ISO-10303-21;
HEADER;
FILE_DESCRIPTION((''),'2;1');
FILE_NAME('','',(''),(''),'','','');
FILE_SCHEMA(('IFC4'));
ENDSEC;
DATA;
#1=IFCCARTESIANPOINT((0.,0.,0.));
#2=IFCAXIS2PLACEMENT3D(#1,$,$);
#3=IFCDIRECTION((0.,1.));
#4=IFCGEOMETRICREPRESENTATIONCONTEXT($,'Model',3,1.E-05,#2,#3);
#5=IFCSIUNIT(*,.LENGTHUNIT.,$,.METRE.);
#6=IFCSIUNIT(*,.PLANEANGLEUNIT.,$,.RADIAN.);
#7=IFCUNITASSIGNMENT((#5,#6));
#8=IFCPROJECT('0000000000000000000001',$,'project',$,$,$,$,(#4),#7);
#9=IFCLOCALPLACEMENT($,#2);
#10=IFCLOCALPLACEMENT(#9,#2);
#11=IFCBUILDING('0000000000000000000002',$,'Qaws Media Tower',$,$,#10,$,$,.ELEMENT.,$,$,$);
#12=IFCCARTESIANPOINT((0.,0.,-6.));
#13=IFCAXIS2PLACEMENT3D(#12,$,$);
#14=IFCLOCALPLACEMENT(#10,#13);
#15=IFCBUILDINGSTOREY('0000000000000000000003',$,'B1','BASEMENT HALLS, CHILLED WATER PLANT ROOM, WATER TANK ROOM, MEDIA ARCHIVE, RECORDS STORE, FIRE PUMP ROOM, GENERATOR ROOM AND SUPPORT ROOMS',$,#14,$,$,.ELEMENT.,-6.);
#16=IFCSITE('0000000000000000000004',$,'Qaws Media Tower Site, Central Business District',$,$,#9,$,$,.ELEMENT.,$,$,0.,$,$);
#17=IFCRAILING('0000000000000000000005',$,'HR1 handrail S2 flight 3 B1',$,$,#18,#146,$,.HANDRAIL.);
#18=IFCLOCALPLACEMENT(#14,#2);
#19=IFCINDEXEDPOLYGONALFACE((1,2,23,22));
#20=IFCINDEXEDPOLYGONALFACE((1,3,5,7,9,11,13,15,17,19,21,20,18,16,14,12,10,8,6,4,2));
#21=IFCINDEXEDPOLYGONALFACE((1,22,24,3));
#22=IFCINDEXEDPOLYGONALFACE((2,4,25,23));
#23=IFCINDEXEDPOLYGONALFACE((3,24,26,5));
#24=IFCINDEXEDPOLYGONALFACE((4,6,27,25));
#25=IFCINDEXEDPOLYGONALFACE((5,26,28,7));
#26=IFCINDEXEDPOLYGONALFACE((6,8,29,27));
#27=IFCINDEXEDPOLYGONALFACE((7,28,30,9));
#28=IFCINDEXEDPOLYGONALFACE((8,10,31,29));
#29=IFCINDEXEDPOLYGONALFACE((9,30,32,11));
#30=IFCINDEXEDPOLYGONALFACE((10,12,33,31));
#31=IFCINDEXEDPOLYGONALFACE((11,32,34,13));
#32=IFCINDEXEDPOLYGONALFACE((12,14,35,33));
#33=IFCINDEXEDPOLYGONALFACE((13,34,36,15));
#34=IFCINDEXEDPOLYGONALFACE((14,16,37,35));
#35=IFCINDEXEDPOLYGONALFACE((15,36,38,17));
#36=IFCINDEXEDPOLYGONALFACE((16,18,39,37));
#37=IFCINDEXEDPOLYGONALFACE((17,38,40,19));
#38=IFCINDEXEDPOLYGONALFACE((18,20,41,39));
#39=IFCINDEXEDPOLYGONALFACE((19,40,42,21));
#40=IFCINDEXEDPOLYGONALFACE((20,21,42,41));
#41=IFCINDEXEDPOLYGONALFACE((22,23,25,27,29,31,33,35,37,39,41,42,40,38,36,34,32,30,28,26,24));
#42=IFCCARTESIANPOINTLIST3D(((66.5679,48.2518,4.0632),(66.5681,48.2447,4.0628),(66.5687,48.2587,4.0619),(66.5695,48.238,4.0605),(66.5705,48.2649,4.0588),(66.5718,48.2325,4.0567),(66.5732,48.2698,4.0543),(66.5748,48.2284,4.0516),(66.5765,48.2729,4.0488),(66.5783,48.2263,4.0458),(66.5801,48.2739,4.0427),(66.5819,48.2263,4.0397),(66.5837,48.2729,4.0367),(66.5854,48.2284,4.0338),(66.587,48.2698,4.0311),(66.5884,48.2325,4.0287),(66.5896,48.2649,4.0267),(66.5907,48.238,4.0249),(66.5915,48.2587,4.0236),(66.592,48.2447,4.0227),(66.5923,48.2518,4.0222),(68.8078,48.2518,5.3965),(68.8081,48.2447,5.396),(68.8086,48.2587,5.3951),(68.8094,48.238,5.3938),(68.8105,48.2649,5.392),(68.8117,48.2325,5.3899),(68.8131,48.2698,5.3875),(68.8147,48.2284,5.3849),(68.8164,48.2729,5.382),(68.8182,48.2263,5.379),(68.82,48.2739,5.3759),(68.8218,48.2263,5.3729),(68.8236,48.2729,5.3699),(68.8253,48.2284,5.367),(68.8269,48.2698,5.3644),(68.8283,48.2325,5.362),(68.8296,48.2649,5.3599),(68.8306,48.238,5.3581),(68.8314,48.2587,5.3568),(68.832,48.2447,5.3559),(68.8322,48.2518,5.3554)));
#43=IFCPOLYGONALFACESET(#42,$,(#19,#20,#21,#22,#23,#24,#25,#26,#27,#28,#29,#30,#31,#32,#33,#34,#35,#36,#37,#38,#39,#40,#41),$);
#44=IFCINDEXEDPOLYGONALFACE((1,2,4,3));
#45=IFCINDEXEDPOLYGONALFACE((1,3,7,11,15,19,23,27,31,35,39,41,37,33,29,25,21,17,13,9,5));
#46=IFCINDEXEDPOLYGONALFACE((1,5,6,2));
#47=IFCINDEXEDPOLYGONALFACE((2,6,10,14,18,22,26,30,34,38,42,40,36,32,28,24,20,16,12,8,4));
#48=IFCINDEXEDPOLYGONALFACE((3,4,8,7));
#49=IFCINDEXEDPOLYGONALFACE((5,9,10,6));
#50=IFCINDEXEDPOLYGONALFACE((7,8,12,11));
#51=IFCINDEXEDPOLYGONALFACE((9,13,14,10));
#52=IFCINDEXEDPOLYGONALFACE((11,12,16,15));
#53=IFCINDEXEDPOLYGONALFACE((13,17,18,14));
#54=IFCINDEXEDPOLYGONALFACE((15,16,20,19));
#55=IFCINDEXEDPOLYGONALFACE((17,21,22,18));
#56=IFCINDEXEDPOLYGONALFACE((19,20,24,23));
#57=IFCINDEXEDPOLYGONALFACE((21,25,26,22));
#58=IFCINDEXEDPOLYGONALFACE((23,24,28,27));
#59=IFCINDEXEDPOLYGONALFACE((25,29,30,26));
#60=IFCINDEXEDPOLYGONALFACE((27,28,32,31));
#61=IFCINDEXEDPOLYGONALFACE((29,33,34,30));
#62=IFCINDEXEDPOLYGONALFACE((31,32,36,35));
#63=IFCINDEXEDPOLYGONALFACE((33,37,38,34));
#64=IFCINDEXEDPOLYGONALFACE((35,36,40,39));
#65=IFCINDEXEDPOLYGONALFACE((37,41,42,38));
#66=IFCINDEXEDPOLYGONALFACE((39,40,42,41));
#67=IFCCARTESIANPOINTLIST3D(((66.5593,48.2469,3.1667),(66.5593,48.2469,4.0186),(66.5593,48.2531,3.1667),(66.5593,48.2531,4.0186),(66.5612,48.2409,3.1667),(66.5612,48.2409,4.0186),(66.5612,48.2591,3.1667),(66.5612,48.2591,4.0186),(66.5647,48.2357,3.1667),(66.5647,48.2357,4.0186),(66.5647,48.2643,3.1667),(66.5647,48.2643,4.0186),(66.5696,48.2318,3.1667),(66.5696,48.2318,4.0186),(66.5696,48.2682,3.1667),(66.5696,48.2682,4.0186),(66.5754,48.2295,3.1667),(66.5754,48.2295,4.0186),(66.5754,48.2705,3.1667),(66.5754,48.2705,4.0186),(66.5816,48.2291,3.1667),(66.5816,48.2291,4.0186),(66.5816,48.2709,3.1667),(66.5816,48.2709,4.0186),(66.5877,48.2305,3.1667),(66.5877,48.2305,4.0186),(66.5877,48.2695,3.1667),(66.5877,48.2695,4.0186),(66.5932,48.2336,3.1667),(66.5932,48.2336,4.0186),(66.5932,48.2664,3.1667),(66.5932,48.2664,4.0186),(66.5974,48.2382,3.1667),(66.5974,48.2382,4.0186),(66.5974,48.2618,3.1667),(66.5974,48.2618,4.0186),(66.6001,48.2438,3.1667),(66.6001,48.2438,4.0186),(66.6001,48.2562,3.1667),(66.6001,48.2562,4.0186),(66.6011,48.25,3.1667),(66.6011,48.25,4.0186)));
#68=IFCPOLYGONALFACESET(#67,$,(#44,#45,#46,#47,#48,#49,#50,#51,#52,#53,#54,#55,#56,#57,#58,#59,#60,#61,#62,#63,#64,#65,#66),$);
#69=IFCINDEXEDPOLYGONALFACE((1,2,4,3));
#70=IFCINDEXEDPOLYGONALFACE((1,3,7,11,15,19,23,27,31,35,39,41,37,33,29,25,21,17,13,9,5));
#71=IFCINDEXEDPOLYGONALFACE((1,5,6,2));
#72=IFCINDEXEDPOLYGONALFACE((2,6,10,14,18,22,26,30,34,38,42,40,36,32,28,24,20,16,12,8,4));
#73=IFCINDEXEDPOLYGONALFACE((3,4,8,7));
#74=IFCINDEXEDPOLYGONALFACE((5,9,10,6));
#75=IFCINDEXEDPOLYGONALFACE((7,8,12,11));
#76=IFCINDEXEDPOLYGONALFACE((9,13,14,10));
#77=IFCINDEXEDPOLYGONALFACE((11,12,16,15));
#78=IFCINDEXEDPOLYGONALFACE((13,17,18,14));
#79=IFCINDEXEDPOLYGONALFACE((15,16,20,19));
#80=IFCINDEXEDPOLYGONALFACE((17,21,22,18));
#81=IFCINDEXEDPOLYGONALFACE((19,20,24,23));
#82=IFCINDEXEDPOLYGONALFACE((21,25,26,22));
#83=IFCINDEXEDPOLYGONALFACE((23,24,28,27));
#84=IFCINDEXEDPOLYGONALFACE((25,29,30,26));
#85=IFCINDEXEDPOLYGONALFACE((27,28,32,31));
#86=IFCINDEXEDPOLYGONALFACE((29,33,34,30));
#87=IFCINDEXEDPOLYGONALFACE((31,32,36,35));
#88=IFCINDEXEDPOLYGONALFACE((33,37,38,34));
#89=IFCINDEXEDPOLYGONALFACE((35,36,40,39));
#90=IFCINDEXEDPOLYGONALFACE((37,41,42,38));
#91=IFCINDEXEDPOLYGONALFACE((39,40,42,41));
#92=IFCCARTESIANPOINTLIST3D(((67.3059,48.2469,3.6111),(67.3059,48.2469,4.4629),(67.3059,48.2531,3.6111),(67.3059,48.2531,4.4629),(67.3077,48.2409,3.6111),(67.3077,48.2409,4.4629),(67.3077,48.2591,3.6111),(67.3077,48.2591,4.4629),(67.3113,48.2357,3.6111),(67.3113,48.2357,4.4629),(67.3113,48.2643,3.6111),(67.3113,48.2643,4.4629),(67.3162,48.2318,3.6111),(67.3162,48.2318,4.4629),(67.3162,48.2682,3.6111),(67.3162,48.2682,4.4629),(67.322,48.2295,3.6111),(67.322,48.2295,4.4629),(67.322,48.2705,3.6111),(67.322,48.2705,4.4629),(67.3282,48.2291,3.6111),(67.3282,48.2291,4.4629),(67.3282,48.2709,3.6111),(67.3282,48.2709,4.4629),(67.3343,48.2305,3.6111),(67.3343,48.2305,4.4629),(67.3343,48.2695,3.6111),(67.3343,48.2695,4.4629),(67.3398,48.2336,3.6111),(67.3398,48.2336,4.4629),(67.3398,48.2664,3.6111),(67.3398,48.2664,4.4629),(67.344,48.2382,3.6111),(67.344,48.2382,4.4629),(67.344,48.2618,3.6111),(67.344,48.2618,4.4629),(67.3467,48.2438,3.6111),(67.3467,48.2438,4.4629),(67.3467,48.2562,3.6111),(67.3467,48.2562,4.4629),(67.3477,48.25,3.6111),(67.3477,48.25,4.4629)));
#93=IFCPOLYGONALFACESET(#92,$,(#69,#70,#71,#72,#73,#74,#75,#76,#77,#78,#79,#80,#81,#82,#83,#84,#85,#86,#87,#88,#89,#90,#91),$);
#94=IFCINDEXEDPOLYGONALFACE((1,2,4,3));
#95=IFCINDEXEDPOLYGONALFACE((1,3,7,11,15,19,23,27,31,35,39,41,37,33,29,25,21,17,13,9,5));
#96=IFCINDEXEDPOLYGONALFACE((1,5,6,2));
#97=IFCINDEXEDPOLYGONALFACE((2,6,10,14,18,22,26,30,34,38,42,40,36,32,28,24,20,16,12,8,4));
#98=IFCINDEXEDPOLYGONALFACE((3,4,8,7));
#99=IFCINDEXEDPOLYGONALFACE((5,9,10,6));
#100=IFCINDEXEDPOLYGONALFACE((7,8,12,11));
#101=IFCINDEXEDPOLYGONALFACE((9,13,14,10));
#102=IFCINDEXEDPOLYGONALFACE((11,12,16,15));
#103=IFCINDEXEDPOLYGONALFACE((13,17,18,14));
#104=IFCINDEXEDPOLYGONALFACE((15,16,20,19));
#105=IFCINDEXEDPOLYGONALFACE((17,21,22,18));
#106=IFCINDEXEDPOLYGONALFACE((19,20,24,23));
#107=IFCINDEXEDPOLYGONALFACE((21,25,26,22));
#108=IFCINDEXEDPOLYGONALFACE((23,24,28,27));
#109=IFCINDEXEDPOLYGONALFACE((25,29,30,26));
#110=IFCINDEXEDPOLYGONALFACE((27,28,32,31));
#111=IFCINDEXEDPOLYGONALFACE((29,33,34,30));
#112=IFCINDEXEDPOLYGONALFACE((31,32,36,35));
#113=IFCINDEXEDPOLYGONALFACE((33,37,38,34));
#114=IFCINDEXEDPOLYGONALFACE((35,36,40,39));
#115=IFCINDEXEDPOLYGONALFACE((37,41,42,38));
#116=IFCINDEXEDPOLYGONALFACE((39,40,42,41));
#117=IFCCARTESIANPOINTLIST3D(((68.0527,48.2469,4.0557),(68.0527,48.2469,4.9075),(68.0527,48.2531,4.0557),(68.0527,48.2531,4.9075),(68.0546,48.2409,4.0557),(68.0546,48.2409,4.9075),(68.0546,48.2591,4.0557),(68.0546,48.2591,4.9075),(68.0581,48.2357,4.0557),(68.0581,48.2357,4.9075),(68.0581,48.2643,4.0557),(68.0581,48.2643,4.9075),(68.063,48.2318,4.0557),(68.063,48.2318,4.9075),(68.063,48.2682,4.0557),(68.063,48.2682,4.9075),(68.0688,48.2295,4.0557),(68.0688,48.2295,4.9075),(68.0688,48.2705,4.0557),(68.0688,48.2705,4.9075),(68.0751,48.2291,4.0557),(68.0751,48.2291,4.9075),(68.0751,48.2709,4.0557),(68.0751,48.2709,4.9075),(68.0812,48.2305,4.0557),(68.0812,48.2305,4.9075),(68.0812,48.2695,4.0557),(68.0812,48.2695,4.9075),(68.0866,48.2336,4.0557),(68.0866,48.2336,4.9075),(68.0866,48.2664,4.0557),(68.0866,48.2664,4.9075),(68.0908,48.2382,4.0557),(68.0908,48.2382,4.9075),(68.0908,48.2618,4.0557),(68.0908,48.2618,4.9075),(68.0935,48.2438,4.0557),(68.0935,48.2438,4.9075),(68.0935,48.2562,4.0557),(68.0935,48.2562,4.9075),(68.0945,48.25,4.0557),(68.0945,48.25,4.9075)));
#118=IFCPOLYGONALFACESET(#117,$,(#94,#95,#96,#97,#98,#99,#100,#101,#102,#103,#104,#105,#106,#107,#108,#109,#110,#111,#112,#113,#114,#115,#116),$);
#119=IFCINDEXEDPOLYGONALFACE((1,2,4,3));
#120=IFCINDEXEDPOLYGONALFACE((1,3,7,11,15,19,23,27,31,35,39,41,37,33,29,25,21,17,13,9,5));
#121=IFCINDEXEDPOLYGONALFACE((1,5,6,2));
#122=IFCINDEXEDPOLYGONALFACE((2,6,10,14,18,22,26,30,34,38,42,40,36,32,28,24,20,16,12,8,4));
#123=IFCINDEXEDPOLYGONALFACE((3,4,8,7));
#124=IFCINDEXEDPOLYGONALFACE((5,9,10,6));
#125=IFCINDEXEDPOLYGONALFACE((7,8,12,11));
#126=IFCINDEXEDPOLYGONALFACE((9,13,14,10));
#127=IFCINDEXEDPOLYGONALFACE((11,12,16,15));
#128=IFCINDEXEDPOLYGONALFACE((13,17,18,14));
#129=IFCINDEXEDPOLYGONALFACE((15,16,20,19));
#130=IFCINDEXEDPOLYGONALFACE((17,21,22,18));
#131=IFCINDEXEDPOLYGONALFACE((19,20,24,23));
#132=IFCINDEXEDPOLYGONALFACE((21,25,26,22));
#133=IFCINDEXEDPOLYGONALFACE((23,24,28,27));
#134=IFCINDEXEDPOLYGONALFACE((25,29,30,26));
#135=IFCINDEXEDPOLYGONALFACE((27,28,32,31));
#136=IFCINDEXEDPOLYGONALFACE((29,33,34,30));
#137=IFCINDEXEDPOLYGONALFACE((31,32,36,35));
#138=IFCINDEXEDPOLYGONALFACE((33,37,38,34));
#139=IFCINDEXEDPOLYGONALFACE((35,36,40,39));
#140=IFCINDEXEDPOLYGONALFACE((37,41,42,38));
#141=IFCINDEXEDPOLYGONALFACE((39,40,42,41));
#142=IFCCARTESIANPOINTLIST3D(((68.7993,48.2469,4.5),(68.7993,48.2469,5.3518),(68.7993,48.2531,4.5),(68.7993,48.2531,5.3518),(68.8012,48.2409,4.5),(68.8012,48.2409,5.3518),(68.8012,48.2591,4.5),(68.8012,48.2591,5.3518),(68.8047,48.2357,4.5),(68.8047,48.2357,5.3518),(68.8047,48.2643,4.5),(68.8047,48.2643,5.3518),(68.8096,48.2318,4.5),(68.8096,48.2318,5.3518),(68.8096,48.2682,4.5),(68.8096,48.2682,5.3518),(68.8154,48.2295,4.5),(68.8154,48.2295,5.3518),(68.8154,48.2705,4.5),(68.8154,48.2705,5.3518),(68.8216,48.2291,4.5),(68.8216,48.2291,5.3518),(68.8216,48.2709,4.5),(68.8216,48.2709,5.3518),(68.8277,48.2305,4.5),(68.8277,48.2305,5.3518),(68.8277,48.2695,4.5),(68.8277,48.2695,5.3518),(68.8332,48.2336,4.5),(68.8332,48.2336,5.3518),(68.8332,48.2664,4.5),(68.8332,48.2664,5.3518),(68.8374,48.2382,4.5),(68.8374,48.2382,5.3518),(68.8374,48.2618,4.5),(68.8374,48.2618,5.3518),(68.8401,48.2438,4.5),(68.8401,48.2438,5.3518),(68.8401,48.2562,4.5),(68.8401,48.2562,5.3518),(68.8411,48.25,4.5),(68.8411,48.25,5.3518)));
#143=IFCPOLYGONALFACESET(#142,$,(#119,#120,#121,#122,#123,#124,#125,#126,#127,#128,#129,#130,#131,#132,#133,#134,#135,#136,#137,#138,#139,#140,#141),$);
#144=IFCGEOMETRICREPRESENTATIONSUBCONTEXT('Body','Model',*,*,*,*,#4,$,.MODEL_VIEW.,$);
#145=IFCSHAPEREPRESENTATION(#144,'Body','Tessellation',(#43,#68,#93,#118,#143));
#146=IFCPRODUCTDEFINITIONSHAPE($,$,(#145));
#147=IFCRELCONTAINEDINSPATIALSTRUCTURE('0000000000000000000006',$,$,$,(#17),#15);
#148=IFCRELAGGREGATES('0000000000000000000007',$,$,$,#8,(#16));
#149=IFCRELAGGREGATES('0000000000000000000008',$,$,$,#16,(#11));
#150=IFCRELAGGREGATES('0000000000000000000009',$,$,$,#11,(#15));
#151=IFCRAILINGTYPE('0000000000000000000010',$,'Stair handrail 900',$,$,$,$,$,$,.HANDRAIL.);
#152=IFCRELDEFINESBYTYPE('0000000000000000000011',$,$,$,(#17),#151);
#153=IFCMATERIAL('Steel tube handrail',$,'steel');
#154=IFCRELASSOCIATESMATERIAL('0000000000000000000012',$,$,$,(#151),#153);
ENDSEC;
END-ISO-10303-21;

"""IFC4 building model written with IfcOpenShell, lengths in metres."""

from ifc_helpers import new_model, si_unit, direction, frame, origin, origin_2d, place, context, subcontext, project, spatial, circle, extrude, material, type_object, element, save


model = new_model("IFC4")

# Units and contexts
model_context = context("Model", 3, precision=1e-05, world=origin(), true_north=direction((0.0, 1.0)))
body_context = subcontext(model_context, "Body", "Model", "MODEL_VIEW")
ifc_project = project(units=[si_unit("LENGTHUNIT", "METRE"), si_unit("PLANEANGLEUNIT", "RADIAN")], contexts=[model_context])

# Site, building, storey
site_placement = place(None, origin())
site = spatial("IfcSite", under=ifc_project, at=site_placement, Name="Qaws Media Tower Site, Central Business District", CompositionType="ELEMENT", RefElevation=0.0)
building_placement = place(site_placement, origin())
building = spatial("IfcBuilding", under=site, at=building_placement, Name="Qaws Media Tower", CompositionType="ELEMENT")
storey_placement = place(building_placement, frame((0.0, 0.0, -6.0)))
storey = spatial("IfcBuildingStorey", under=building, at=storey_placement, Name="B1", Description="BASEMENT HALLS, CHILLED WATER PLANT ROOM, WATER TANK ROOM, MEDIA ARCHIVE, RECORDS STORE, FIRE PUMP ROOM, GENERATOR ROOM AND SUPPORT ROOMS", CompositionType="ELEMENT", Elevation=-6.0)

# Railing
ifc_material_1 = material(Name="Steel tube handrail", Category="steel")
railing_type = type_object("IfcRailingType", Name="Stair handrail 900", PredefinedType="HANDRAIL", material=ifc_material_1)
for number, where, name in (
    (1, (66.5801, 48.25, 3.1667), "HR1 handrail S2 flight 3 B1"),
):
    element("IfcRailing", number, at=place(storey_placement, frame(where)), inside=storey, type_object=railing_type, Name=name, PredefinedType="HANDRAIL", context=body_context, shape_type="SweptSolid", body=[
        extrude(circle(Radius=0.0239, at=origin_2d()), frame((0.0, 0.0, 0.876), z_axis=(0.859306, 0.0, 0.511462), x_axis=(0.0, 1.0, 0.0)), (0.0, 0.0, 1.0), 2.6067),
        extrude(circle(Radius=0.021, at=origin_2d()), origin(), (0.0, 0.0, 1.0), 0.8518),
        extrude(circle(Radius=0.021, at=origin_2d()), frame((0.7466, 0.0, 0.4443)), (0.0, 0.0, 1.0), 0.8518),
        extrude(circle(Radius=0.021, at=origin_2d()), frame((1.4934, 0.0, 0.8889)), (0.0, 0.0, 1.0), 0.8518),
        extrude(circle(Radius=0.021, at=origin_2d()), frame((2.24, 0.0, 1.3333)), (0.0, 0.0, 1.0), 0.8518),
    ])

save(model, "model.ifc")
